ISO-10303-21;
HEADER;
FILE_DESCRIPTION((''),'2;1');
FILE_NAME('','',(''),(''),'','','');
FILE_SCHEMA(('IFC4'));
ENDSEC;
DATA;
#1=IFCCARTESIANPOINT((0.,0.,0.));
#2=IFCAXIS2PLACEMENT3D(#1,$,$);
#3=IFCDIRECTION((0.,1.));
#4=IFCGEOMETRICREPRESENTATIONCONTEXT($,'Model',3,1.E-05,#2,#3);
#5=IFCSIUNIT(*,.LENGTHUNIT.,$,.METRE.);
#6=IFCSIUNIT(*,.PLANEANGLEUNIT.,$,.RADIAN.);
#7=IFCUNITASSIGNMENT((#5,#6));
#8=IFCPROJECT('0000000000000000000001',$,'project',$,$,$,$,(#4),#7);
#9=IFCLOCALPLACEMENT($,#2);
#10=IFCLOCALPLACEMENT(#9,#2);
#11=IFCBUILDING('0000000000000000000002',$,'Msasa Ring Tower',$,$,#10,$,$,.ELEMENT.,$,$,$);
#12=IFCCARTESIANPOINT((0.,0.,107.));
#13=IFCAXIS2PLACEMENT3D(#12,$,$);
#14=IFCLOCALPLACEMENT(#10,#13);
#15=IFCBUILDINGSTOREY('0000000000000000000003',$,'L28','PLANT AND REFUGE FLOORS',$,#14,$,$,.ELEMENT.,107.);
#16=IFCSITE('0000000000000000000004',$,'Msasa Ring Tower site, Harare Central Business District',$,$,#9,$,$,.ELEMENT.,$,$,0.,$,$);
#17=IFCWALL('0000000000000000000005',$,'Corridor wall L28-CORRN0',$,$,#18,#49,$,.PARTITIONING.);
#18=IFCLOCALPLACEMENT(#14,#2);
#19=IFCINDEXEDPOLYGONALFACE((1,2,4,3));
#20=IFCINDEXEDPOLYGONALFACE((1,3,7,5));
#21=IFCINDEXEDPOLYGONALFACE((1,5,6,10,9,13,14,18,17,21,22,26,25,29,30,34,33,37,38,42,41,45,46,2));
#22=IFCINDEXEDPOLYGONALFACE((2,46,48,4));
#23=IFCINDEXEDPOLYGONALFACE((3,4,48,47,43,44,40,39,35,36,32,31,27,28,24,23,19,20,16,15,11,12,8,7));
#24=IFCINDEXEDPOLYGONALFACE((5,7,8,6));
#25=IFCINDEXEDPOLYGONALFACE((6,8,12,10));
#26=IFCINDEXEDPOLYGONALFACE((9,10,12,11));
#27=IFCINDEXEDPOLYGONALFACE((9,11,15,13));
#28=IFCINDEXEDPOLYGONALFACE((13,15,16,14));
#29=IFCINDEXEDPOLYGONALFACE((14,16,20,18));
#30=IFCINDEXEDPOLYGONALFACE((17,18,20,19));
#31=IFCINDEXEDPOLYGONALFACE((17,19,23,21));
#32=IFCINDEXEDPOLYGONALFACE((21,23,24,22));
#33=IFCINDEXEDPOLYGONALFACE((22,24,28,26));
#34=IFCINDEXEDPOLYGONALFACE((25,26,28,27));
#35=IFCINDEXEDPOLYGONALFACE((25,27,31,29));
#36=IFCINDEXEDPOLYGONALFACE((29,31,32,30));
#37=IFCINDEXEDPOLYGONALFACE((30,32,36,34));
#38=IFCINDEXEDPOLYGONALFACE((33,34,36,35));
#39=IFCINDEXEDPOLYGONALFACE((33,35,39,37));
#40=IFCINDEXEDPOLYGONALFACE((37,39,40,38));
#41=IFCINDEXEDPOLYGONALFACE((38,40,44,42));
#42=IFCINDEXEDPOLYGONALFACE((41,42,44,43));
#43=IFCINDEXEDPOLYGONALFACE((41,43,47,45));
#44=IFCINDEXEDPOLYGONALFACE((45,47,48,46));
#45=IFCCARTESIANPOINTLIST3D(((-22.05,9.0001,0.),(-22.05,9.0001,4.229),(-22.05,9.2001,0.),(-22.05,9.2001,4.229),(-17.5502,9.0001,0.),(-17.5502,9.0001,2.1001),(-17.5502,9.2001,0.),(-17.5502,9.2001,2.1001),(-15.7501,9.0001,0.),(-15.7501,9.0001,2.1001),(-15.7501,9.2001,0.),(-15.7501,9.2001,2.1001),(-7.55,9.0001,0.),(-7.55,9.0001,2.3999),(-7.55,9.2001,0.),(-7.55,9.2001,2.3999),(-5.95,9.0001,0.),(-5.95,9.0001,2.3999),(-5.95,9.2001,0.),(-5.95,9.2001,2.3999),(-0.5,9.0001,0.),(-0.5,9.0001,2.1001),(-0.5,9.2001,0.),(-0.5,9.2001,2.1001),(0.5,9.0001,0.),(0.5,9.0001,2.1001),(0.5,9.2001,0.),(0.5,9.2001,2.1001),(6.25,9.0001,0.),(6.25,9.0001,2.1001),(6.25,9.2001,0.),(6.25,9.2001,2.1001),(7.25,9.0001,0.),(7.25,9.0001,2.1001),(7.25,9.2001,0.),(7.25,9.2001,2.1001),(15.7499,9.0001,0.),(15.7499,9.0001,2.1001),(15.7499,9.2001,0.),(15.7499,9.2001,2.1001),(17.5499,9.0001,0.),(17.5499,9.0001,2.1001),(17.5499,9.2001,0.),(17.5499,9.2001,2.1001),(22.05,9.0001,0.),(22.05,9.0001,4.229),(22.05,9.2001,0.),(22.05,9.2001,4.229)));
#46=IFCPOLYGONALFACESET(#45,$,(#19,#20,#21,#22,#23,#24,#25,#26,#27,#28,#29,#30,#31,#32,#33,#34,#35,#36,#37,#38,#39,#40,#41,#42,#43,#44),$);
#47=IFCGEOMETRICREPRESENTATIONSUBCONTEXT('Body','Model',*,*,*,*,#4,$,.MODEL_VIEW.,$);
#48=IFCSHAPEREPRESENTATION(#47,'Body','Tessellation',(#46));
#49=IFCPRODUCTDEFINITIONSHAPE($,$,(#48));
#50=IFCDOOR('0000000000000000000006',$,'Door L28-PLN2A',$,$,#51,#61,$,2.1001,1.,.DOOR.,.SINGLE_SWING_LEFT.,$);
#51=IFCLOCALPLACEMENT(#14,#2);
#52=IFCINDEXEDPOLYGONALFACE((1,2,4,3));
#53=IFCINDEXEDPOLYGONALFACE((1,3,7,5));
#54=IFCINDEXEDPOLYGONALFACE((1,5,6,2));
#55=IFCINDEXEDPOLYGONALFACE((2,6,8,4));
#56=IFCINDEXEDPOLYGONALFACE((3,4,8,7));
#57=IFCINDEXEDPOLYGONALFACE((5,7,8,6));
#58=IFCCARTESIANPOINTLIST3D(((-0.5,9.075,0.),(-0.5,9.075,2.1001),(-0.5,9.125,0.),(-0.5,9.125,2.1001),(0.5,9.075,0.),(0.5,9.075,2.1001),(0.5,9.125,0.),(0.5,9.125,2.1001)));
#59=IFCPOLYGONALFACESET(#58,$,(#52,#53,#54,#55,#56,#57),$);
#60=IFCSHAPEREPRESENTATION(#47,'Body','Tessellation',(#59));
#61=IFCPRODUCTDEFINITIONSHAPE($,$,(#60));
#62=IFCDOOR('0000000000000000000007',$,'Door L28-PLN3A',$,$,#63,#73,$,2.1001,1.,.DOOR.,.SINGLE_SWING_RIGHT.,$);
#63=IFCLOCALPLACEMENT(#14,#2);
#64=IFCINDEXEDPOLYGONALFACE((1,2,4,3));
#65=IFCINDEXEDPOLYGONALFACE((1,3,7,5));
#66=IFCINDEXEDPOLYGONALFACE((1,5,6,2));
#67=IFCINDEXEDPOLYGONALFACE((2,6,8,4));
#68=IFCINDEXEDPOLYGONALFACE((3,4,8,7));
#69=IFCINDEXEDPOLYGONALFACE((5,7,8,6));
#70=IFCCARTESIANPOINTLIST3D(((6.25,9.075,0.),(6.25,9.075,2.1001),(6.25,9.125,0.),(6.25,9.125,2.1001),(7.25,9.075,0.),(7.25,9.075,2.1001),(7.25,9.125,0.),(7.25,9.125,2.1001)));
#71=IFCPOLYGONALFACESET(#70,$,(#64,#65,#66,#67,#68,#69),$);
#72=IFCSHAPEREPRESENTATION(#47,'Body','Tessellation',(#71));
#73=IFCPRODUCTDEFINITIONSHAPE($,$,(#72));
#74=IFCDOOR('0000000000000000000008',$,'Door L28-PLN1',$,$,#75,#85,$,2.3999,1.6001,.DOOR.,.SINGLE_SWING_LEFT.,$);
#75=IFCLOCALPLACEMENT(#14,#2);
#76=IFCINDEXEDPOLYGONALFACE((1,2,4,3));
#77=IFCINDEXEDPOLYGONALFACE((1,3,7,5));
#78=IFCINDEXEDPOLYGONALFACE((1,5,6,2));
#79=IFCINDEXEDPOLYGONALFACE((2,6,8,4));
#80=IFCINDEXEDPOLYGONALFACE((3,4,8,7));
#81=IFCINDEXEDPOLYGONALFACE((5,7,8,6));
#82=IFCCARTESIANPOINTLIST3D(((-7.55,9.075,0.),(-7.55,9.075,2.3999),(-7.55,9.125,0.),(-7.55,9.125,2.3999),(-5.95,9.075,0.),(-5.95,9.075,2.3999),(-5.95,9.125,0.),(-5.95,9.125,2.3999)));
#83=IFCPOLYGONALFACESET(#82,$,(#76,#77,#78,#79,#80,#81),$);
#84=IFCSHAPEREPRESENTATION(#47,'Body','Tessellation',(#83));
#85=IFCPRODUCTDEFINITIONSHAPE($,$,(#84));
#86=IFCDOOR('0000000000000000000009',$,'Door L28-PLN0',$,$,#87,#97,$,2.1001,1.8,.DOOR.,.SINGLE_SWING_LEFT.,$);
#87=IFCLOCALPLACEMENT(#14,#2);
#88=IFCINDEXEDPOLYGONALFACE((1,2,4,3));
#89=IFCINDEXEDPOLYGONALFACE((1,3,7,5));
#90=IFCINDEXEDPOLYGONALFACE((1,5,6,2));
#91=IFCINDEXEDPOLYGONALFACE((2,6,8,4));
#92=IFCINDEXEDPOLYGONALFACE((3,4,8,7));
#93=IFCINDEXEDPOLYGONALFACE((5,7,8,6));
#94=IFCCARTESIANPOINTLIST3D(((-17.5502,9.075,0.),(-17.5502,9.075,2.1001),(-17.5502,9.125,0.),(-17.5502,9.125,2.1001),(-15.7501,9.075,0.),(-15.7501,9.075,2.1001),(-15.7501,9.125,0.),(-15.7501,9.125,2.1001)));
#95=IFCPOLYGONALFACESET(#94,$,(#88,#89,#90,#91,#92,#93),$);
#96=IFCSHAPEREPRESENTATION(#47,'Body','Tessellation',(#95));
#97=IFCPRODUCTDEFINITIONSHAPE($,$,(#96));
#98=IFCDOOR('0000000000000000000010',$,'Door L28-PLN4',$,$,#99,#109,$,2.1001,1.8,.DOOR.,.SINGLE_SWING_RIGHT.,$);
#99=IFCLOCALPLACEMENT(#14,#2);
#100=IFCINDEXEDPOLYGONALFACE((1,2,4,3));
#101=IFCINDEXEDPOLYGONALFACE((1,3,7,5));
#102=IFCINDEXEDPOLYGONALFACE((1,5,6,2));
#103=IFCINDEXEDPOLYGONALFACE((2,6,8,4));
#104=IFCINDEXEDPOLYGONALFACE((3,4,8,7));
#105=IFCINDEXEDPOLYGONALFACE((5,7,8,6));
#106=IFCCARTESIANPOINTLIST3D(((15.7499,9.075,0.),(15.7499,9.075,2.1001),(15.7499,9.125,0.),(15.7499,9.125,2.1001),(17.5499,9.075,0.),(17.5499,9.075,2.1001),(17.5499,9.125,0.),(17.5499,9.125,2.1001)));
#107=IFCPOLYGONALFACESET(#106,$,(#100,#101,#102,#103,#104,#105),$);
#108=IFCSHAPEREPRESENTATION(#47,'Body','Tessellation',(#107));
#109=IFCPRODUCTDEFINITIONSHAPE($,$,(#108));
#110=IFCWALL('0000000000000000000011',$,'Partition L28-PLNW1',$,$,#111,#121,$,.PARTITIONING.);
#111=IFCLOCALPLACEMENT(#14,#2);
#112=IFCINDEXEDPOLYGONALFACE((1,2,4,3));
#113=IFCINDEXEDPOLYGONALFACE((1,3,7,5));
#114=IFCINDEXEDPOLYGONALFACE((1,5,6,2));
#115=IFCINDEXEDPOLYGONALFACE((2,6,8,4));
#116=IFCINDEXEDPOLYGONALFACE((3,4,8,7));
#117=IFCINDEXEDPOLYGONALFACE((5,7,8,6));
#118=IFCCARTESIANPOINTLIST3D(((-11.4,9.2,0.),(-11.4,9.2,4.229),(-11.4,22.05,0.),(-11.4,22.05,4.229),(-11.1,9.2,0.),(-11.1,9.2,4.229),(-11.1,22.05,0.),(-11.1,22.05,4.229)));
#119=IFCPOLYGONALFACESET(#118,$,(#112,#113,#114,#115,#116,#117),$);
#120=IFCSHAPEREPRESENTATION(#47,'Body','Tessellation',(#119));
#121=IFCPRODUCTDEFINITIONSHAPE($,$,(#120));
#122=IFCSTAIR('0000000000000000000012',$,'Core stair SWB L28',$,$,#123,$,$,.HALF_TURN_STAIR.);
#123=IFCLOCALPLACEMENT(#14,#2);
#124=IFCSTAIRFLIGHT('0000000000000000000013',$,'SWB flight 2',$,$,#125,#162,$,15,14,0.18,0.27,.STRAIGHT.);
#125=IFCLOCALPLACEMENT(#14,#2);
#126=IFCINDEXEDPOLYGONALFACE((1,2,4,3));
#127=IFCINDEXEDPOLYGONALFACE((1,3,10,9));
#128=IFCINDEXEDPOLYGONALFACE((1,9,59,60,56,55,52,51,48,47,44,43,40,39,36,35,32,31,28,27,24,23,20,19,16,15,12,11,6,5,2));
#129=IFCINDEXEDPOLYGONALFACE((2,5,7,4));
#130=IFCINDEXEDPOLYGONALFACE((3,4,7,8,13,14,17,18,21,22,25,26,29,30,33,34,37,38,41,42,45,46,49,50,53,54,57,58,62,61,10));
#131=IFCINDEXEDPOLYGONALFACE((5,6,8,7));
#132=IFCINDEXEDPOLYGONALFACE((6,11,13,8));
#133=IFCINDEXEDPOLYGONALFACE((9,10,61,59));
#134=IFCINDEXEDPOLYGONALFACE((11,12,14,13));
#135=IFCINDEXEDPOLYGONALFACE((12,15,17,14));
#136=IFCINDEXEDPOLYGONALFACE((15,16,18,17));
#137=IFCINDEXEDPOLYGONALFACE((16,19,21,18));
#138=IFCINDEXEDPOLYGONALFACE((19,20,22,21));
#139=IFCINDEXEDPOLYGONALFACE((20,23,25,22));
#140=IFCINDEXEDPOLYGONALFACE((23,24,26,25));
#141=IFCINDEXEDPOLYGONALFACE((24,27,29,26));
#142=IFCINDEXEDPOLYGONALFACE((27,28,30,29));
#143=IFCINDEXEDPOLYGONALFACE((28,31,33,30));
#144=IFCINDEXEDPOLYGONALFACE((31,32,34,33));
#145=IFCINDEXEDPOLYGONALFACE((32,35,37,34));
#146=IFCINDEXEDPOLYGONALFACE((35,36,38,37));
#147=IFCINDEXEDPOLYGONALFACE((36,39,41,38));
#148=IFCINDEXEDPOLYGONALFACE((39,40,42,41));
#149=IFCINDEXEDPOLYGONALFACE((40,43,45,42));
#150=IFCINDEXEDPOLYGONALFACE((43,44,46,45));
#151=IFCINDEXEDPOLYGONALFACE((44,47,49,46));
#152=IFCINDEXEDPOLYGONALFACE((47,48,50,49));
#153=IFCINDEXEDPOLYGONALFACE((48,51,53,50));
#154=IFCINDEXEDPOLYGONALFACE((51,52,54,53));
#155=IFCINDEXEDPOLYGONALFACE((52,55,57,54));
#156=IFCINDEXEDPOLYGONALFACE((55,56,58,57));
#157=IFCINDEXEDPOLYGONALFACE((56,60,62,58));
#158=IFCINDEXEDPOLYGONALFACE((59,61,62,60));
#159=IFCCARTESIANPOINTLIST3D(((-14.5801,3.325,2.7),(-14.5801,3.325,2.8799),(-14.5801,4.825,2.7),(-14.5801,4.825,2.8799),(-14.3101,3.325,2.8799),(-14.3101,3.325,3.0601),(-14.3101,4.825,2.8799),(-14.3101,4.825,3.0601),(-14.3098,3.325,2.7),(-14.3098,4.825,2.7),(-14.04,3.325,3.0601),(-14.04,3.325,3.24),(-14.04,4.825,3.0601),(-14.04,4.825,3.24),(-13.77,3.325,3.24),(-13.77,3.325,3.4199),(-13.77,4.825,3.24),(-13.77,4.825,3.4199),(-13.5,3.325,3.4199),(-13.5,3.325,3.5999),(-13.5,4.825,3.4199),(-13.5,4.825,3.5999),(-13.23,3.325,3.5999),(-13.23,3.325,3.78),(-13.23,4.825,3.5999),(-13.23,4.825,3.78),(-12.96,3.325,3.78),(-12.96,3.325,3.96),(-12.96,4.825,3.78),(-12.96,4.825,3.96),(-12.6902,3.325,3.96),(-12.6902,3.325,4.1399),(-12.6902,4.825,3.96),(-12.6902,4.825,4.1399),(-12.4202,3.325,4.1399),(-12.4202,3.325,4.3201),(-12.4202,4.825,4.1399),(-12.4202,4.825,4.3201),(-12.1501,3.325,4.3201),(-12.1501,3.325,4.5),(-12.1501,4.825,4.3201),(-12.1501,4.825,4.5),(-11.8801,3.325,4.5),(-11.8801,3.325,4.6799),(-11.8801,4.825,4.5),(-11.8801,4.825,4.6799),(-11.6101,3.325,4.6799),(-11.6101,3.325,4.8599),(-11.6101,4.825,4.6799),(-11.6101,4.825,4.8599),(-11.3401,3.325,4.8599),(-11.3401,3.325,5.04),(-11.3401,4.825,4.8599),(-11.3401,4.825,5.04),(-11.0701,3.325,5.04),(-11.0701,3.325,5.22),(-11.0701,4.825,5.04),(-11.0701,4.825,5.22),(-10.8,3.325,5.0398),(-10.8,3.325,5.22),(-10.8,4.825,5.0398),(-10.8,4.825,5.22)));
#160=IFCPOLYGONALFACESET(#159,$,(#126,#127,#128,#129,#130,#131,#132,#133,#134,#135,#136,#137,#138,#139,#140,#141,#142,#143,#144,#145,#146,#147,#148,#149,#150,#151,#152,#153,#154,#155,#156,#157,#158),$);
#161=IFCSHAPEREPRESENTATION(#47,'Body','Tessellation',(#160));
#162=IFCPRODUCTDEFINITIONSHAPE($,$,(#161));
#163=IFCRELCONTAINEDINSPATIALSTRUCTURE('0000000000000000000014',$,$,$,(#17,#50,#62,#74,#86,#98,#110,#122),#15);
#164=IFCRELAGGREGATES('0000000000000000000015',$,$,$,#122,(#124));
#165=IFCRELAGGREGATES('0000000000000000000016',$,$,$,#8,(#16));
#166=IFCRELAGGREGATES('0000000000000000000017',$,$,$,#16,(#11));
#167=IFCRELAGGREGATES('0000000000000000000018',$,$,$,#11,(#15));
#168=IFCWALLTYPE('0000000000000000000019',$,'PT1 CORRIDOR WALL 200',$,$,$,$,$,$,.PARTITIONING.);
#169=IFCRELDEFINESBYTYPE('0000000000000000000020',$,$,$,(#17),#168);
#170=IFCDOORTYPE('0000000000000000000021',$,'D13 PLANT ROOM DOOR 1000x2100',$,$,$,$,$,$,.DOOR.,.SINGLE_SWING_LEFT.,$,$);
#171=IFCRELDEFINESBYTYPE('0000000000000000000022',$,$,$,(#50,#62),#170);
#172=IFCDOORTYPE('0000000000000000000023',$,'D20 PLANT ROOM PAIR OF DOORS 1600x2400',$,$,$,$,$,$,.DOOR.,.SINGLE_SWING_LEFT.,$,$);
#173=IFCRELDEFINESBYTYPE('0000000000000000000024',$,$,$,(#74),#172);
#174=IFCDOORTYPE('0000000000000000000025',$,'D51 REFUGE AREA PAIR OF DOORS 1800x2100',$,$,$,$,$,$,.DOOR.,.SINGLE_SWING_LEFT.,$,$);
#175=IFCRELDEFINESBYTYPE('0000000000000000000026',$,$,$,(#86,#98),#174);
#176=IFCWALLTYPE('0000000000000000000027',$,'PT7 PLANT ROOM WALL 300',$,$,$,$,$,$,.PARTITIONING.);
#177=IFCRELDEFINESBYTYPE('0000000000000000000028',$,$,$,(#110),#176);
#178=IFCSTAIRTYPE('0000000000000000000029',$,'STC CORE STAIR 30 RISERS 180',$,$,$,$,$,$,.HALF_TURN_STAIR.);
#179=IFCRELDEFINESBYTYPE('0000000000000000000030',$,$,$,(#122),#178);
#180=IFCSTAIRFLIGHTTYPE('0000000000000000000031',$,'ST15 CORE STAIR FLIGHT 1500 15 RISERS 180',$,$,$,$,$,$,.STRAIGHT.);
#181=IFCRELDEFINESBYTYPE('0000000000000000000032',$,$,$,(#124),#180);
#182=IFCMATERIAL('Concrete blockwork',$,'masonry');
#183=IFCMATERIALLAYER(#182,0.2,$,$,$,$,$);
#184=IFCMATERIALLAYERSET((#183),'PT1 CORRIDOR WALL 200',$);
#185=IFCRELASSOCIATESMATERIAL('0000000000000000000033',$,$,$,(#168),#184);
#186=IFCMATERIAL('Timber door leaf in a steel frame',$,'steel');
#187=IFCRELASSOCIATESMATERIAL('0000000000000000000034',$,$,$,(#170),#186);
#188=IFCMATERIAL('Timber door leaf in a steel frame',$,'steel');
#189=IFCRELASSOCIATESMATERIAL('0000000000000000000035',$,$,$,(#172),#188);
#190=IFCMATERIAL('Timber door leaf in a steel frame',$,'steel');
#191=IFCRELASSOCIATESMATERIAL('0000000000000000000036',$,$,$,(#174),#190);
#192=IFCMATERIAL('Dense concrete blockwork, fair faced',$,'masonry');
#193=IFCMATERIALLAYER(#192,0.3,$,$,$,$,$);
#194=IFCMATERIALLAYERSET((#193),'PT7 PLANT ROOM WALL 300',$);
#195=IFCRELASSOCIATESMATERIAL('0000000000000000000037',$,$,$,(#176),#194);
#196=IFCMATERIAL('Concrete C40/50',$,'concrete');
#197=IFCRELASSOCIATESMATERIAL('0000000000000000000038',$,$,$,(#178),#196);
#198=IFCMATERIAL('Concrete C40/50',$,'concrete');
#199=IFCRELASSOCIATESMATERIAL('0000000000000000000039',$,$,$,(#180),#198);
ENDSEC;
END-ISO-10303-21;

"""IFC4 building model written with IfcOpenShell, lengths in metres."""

from ifc_helpers import new_model, si_unit, direction, frame, frame_2d, origin, place, context, subcontext, project, spatial, polyline, rectangle, outline, extrude, material, layer, layer_set, type_object, element, fill, aggregate, save


model = new_model("IFC4")

# Units and contexts
model_context = context("Model", 3, precision=1e-05, world=origin(), true_north=direction((0.0, 1.0)))
body_context = subcontext(model_context, "Body", "Model", "MODEL_VIEW")
ifc_project = project(units=[si_unit("LENGTHUNIT", "METRE"), si_unit("PLANEANGLEUNIT", "RADIAN")], contexts=[model_context])

# Site, building, storey
site_placement = place(None, origin())
site = spatial("IfcSite", under=ifc_project, at=site_placement, Name="Msasa Ring Tower site, Harare Central Business District", CompositionType="ELEMENT", RefElevation=0.0)
building_placement = place(site_placement, origin())
building = spatial("IfcBuilding", under=site, at=building_placement, Name="Msasa Ring Tower", CompositionType="ELEMENT")
storey_placement = place(building_placement, frame((0.0, 0.0, 107.0)))
storey = spatial("IfcBuildingStorey", under=building, at=storey_placement, Name="L28", Description="PLANT AND REFUGE FLOORS", CompositionType="ELEMENT", Elevation=107.0)

# Wall, openings, doors
ifc_material_1 = material(Name="Concrete blockwork", Category="masonry")
ifc_layer_1 = layer(ifc_material_1, 0.2)
ifc_layer_set_1 = layer_set([ifc_layer_1], Name="PT1 CORRIDOR WALL 200")
wall_type_1 = type_object("IfcWallType", Name="PT1 CORRIDOR WALL 200", PredefinedType="PARTITIONING", material=ifc_layer_set_1)
wall_1_placement = place(storey_placement, frame((-22.05, 9.1001, 0.0), z_axis=(0.0, 0.0, 1.0), x_axis=(1.0, 0.0, 0.0)))
wall_1 = element("IfcWall", 1, at=wall_1_placement, inside=storey, type_object=wall_type_1, Name="Corridor wall L28-CORRN0", PredefinedType="PARTITIONING", context=body_context, shape_type="SweptSolid", body=[
    extrude(rectangle(XDim=44.1001, YDim=0.2, at=frame_2d((22.05, 0.0))), origin(), (0.0, 0.0, 1.0), 4.229),
])
opening_1_placement = place(wall_1_placement, frame((4.5, 0.0, 0.0)))
opening_1 = element("IfcOpeningElement", 2, at=opening_1_placement, cuts=wall_1, PredefinedType="OPENING", context=body_context, shape_type="SweptSolid", body=[
    extrude(rectangle(XDim=1.8, YDim=2.1001, at=frame_2d((0.8999, 1.05))), frame((0.0, 0.1099, 0.0), z_axis=(0.0, -1.0, 0.0), x_axis=(1.0, 0.0, 0.0)), (0.0, 0.0, 1.0), 0.22),
])
opening_2_placement = place(wall_1_placement, frame((14.5, 0.0, 0.0)))
opening_2 = element("IfcOpeningElement", 3, at=opening_2_placement, cuts=wall_1, PredefinedType="OPENING", context=body_context, shape_type="SweptSolid", body=[
    extrude(rectangle(XDim=1.6001, YDim=2.3999, at=frame_2d((0.8, 1.2))), frame((0.0, 0.1099, 0.0), z_axis=(0.0, -1.0, 0.0), x_axis=(1.0, 0.0, 0.0)), (0.0, 0.0, 1.0), 0.22),
])
opening_3_placement = place(wall_1_placement, frame((21.55, 0.0, 0.0)))
opening_3 = element("IfcOpeningElement", 4, at=opening_3_placement, cuts=wall_1, PredefinedType="OPENING", context=body_context, shape_type="SweptSolid", body=[
    extrude(rectangle(XDim=1.0, YDim=2.1001, at=frame_2d((0.5, 1.05))), frame((0.0, 0.1099, 0.0), z_axis=(0.0, -1.0, 0.0), x_axis=(1.0, 0.0, 0.0)), (0.0, 0.0, 1.0), 0.22),
])
opening_4_placement = place(wall_1_placement, frame((28.3, 0.0, 0.0)))
opening_4 = element("IfcOpeningElement", 5, at=opening_4_placement, cuts=wall_1, PredefinedType="OPENING", context=body_context, shape_type="SweptSolid", body=[
    extrude(rectangle(XDim=1.0, YDim=2.1001, at=frame_2d((0.5, 1.05))), frame((0.0, 0.1099, 0.0), z_axis=(0.0, -1.0, 0.0), x_axis=(1.0, 0.0, 0.0)), (0.0, 0.0, 1.0), 0.22),
])
opening_5_placement = place(wall_1_placement, frame((37.8, 0.0, 0.0)))
opening_5 = element("IfcOpeningElement", 6, at=opening_5_placement, cuts=wall_1, PredefinedType="OPENING", context=body_context, shape_type="SweptSolid", body=[
    extrude(rectangle(XDim=1.8, YDim=2.1001, at=frame_2d((0.8999, 1.05))), frame((0.0, 0.1099, 0.0), z_axis=(0.0, -1.0, 0.0), x_axis=(1.0, 0.0, 0.0)), (0.0, 0.0, 1.0), 0.22),
])
ifc_material_2 = material(Name="Timber door leaf in a steel frame", Category="steel")
door_type_1 = type_object("IfcDoorType", Name="D13 PLANT ROOM DOOR 1000x2100", OperationType="SINGLE_SWING_LEFT", PredefinedType="DOOR", material=ifc_material_2)
door_1_placement = place(opening_3_placement, origin())
door_1 = element("IfcDoor", 7, at=door_1_placement, inside=storey, type_object=door_type_1, Name="Door L28-PLN2A", OperationType="SINGLE_SWING_LEFT", OverallHeight=2.1001, OverallWidth=1.0, PredefinedType="DOOR", context=body_context, shape_type="SweptSolid", body=[
    extrude(rectangle(XDim=1.0, YDim=2.1001, at=frame_2d((0.5, 1.05))), frame((0.0, 0.0249, 0.0), z_axis=(0.0, -1.0, 0.0), x_axis=(1.0, 0.0, 0.0)), (0.0, 0.0, 1.0), 0.05),
])
fill(opening_3, door_1)
door_2_placement = place(opening_4_placement, origin())
door_2 = element("IfcDoor", 8, at=door_2_placement, inside=storey, type_object=door_type_1, Name="Door L28-PLN3A", OperationType="SINGLE_SWING_RIGHT", OverallHeight=2.1001, OverallWidth=1.0, PredefinedType="DOOR", context=body_context, shape_type="SweptSolid", body=[
    extrude(rectangle(XDim=1.0, YDim=2.1001, at=frame_2d((0.5, 1.05))), frame((0.0, 0.0249, 0.0), z_axis=(0.0, -1.0, 0.0), x_axis=(1.0, 0.0, 0.0)), (0.0, 0.0, 1.0), 0.05),
])
fill(opening_4, door_2)
ifc_material_3 = material(Name="Timber door leaf in a steel frame", Category="steel")
door_type_2 = type_object("IfcDoorType", Name="D20 PLANT ROOM PAIR OF DOORS 1600x2400", OperationType="SINGLE_SWING_LEFT", PredefinedType="DOOR", material=ifc_material_3)
door_3_placement = place(opening_2_placement, origin())
door_3 = element("IfcDoor", 9, at=door_3_placement, inside=storey, type_object=door_type_2, Name="Door L28-PLN1", OperationType="SINGLE_SWING_LEFT", OverallHeight=2.3999, OverallWidth=1.6001, PredefinedType="DOOR", context=body_context, shape_type="SweptSolid", body=[
    extrude(rectangle(XDim=1.6001, YDim=2.3999, at=frame_2d((0.8, 1.2))), frame((0.0, 0.0249, 0.0), z_axis=(0.0, -1.0, 0.0), x_axis=(1.0, 0.0, 0.0)), (0.0, 0.0, 1.0), 0.05),
])
fill(opening_2, door_3)
ifc_material_4 = material(Name="Timber door leaf in a steel frame", Category="steel")
door_type_3 = type_object("IfcDoorType", Name="D51 REFUGE AREA PAIR OF DOORS 1800x2100", OperationType="SINGLE_SWING_LEFT", PredefinedType="DOOR", material=ifc_material_4)
door_4_placement = place(opening_1_placement, origin())
door_4 = element("IfcDoor", 10, at=door_4_placement, inside=storey, type_object=door_type_3, Name="Door L28-PLN0", OperationType="SINGLE_SWING_LEFT", OverallHeight=2.1001, OverallWidth=1.8, PredefinedType="DOOR", context=body_context, shape_type="SweptSolid", body=[
    extrude(rectangle(XDim=1.8, YDim=2.1001, at=frame_2d((0.8999, 1.05))), frame((0.0, 0.0249, 0.0), z_axis=(0.0, -1.0, 0.0), x_axis=(1.0, 0.0, 0.0)), (0.0, 0.0, 1.0), 0.05),
])
fill(opening_1, door_4)
door_5_placement = place(opening_5_placement, origin())
door_5 = element("IfcDoor", 11, at=door_5_placement, inside=storey, type_object=door_type_3, Name="Door L28-PLN4", OperationType="SINGLE_SWING_RIGHT", OverallHeight=2.1001, OverallWidth=1.8, PredefinedType="DOOR", context=body_context, shape_type="SweptSolid", body=[
    extrude(rectangle(XDim=1.8, YDim=2.1001, at=frame_2d((0.8999, 1.05))), frame((0.0, 0.0249, 0.0), z_axis=(0.0, -1.0, 0.0), x_axis=(1.0, 0.0, 0.0)), (0.0, 0.0, 1.0), 0.05),
])
fill(opening_5, door_5)

# Wall
ifc_material_5 = material(Name="Dense concrete blockwork, fair faced", Category="masonry")
ifc_layer_2 = layer(ifc_material_5, 0.3)
ifc_layer_set_2 = layer_set([ifc_layer_2], Name="PT7 PLANT ROOM WALL 300")
wall_type_2 = type_object("IfcWallType", Name="PT7 PLANT ROOM WALL 300", PredefinedType="PARTITIONING", material=ifc_layer_set_2)
wall_2_placement = place(storey_placement, frame((-11.25, 9.2, 0.0), z_axis=(0.0, 0.0, 1.0), x_axis=(0.0, 1.0, 0.0)))
element("IfcWall", 12, at=wall_2_placement, inside=storey, type_object=wall_type_2, Name="Partition L28-PLNW1", PredefinedType="PARTITIONING", context=body_context, shape_type="SweptSolid", body=[
    extrude(rectangle(XDim=12.8501, YDim=0.3, at=frame_2d((6.425, 0.0))), origin(), (0.0, 0.0, 1.0), 4.229),
])

# Stair, stair flight
ifc_material_6 = material(Name="Concrete C40/50", Category="concrete")
stair_type = type_object("IfcStairType", Name="STC CORE STAIR 30 RISERS 180", PredefinedType="HALF_TURN_STAIR", material=ifc_material_6)
stair_placement = place(storey_placement, origin())
stair = element("IfcStair", 13, at=stair_placement, inside=storey, type_object=stair_type, Name="Core stair SWB L28", PredefinedType="HALF_TURN_STAIR")
ifc_material_7 = material(Name="Concrete C40/50", Category="concrete")
stair_flight_type = type_object("IfcStairFlightType", Name="ST15 CORE STAIR FLIGHT 1500 15 RISERS 180", PredefinedType="STRAIGHT", material=ifc_material_7)
stair_flight_placement = place(storey_placement, frame((-14.5801, 4.075, 2.7), z_axis=(0.0, 0.0, 1.0), x_axis=(1.0, 0.0, 0.0)))
stair_flight = element("IfcStairFlight", 14, at=stair_flight_placement, type_object=stair_flight_type, Name="SWB flight 2", NumberOfRisers=15, NumberOfTreads=14, PredefinedType="STRAIGHT", RiserHeight=0.18, TreadLength=0.27, context=body_context, shape_type="SweptSolid", body=[
    extrude(outline(polyline([(0.0, 0.0), (0.0, 0.1799), (0.27, 0.1799), (0.27, 0.3601), (0.54, 0.3601), (0.54, 0.54), (0.8101, 0.54), (0.8101, 0.72), (1.0801, 0.72), (1.0801, 0.8999), (1.3501, 0.8999), (1.3501, 1.0801), (1.6201, 1.0801), (1.6201, 1.26), (1.8899, 1.26), (1.8899, 1.4399), (2.1599, 1.4399), (2.1599, 1.6201), (2.4299, 1.6201), (2.4299, 1.8), (2.7, 1.8), (2.7, 1.98), (2.97, 1.98), (2.97, 2.1599), (3.24, 2.1599), (3.24, 2.3401), (3.51, 2.3401), (3.51, 2.52), (3.78, 2.52), (3.78, 2.7), (3.78, 2.3398), (0.2703, 0.0), (0.0, 0.0)])), frame((0.0, 0.75, 0.0), z_axis=(0.0, -1.0, 0.0), x_axis=(1.0, 0.0, 0.0)), (0.0, 0.0, 1.0), 1.5),
])
aggregate(stair, [stair_flight])

save(model, "model.ifc")
